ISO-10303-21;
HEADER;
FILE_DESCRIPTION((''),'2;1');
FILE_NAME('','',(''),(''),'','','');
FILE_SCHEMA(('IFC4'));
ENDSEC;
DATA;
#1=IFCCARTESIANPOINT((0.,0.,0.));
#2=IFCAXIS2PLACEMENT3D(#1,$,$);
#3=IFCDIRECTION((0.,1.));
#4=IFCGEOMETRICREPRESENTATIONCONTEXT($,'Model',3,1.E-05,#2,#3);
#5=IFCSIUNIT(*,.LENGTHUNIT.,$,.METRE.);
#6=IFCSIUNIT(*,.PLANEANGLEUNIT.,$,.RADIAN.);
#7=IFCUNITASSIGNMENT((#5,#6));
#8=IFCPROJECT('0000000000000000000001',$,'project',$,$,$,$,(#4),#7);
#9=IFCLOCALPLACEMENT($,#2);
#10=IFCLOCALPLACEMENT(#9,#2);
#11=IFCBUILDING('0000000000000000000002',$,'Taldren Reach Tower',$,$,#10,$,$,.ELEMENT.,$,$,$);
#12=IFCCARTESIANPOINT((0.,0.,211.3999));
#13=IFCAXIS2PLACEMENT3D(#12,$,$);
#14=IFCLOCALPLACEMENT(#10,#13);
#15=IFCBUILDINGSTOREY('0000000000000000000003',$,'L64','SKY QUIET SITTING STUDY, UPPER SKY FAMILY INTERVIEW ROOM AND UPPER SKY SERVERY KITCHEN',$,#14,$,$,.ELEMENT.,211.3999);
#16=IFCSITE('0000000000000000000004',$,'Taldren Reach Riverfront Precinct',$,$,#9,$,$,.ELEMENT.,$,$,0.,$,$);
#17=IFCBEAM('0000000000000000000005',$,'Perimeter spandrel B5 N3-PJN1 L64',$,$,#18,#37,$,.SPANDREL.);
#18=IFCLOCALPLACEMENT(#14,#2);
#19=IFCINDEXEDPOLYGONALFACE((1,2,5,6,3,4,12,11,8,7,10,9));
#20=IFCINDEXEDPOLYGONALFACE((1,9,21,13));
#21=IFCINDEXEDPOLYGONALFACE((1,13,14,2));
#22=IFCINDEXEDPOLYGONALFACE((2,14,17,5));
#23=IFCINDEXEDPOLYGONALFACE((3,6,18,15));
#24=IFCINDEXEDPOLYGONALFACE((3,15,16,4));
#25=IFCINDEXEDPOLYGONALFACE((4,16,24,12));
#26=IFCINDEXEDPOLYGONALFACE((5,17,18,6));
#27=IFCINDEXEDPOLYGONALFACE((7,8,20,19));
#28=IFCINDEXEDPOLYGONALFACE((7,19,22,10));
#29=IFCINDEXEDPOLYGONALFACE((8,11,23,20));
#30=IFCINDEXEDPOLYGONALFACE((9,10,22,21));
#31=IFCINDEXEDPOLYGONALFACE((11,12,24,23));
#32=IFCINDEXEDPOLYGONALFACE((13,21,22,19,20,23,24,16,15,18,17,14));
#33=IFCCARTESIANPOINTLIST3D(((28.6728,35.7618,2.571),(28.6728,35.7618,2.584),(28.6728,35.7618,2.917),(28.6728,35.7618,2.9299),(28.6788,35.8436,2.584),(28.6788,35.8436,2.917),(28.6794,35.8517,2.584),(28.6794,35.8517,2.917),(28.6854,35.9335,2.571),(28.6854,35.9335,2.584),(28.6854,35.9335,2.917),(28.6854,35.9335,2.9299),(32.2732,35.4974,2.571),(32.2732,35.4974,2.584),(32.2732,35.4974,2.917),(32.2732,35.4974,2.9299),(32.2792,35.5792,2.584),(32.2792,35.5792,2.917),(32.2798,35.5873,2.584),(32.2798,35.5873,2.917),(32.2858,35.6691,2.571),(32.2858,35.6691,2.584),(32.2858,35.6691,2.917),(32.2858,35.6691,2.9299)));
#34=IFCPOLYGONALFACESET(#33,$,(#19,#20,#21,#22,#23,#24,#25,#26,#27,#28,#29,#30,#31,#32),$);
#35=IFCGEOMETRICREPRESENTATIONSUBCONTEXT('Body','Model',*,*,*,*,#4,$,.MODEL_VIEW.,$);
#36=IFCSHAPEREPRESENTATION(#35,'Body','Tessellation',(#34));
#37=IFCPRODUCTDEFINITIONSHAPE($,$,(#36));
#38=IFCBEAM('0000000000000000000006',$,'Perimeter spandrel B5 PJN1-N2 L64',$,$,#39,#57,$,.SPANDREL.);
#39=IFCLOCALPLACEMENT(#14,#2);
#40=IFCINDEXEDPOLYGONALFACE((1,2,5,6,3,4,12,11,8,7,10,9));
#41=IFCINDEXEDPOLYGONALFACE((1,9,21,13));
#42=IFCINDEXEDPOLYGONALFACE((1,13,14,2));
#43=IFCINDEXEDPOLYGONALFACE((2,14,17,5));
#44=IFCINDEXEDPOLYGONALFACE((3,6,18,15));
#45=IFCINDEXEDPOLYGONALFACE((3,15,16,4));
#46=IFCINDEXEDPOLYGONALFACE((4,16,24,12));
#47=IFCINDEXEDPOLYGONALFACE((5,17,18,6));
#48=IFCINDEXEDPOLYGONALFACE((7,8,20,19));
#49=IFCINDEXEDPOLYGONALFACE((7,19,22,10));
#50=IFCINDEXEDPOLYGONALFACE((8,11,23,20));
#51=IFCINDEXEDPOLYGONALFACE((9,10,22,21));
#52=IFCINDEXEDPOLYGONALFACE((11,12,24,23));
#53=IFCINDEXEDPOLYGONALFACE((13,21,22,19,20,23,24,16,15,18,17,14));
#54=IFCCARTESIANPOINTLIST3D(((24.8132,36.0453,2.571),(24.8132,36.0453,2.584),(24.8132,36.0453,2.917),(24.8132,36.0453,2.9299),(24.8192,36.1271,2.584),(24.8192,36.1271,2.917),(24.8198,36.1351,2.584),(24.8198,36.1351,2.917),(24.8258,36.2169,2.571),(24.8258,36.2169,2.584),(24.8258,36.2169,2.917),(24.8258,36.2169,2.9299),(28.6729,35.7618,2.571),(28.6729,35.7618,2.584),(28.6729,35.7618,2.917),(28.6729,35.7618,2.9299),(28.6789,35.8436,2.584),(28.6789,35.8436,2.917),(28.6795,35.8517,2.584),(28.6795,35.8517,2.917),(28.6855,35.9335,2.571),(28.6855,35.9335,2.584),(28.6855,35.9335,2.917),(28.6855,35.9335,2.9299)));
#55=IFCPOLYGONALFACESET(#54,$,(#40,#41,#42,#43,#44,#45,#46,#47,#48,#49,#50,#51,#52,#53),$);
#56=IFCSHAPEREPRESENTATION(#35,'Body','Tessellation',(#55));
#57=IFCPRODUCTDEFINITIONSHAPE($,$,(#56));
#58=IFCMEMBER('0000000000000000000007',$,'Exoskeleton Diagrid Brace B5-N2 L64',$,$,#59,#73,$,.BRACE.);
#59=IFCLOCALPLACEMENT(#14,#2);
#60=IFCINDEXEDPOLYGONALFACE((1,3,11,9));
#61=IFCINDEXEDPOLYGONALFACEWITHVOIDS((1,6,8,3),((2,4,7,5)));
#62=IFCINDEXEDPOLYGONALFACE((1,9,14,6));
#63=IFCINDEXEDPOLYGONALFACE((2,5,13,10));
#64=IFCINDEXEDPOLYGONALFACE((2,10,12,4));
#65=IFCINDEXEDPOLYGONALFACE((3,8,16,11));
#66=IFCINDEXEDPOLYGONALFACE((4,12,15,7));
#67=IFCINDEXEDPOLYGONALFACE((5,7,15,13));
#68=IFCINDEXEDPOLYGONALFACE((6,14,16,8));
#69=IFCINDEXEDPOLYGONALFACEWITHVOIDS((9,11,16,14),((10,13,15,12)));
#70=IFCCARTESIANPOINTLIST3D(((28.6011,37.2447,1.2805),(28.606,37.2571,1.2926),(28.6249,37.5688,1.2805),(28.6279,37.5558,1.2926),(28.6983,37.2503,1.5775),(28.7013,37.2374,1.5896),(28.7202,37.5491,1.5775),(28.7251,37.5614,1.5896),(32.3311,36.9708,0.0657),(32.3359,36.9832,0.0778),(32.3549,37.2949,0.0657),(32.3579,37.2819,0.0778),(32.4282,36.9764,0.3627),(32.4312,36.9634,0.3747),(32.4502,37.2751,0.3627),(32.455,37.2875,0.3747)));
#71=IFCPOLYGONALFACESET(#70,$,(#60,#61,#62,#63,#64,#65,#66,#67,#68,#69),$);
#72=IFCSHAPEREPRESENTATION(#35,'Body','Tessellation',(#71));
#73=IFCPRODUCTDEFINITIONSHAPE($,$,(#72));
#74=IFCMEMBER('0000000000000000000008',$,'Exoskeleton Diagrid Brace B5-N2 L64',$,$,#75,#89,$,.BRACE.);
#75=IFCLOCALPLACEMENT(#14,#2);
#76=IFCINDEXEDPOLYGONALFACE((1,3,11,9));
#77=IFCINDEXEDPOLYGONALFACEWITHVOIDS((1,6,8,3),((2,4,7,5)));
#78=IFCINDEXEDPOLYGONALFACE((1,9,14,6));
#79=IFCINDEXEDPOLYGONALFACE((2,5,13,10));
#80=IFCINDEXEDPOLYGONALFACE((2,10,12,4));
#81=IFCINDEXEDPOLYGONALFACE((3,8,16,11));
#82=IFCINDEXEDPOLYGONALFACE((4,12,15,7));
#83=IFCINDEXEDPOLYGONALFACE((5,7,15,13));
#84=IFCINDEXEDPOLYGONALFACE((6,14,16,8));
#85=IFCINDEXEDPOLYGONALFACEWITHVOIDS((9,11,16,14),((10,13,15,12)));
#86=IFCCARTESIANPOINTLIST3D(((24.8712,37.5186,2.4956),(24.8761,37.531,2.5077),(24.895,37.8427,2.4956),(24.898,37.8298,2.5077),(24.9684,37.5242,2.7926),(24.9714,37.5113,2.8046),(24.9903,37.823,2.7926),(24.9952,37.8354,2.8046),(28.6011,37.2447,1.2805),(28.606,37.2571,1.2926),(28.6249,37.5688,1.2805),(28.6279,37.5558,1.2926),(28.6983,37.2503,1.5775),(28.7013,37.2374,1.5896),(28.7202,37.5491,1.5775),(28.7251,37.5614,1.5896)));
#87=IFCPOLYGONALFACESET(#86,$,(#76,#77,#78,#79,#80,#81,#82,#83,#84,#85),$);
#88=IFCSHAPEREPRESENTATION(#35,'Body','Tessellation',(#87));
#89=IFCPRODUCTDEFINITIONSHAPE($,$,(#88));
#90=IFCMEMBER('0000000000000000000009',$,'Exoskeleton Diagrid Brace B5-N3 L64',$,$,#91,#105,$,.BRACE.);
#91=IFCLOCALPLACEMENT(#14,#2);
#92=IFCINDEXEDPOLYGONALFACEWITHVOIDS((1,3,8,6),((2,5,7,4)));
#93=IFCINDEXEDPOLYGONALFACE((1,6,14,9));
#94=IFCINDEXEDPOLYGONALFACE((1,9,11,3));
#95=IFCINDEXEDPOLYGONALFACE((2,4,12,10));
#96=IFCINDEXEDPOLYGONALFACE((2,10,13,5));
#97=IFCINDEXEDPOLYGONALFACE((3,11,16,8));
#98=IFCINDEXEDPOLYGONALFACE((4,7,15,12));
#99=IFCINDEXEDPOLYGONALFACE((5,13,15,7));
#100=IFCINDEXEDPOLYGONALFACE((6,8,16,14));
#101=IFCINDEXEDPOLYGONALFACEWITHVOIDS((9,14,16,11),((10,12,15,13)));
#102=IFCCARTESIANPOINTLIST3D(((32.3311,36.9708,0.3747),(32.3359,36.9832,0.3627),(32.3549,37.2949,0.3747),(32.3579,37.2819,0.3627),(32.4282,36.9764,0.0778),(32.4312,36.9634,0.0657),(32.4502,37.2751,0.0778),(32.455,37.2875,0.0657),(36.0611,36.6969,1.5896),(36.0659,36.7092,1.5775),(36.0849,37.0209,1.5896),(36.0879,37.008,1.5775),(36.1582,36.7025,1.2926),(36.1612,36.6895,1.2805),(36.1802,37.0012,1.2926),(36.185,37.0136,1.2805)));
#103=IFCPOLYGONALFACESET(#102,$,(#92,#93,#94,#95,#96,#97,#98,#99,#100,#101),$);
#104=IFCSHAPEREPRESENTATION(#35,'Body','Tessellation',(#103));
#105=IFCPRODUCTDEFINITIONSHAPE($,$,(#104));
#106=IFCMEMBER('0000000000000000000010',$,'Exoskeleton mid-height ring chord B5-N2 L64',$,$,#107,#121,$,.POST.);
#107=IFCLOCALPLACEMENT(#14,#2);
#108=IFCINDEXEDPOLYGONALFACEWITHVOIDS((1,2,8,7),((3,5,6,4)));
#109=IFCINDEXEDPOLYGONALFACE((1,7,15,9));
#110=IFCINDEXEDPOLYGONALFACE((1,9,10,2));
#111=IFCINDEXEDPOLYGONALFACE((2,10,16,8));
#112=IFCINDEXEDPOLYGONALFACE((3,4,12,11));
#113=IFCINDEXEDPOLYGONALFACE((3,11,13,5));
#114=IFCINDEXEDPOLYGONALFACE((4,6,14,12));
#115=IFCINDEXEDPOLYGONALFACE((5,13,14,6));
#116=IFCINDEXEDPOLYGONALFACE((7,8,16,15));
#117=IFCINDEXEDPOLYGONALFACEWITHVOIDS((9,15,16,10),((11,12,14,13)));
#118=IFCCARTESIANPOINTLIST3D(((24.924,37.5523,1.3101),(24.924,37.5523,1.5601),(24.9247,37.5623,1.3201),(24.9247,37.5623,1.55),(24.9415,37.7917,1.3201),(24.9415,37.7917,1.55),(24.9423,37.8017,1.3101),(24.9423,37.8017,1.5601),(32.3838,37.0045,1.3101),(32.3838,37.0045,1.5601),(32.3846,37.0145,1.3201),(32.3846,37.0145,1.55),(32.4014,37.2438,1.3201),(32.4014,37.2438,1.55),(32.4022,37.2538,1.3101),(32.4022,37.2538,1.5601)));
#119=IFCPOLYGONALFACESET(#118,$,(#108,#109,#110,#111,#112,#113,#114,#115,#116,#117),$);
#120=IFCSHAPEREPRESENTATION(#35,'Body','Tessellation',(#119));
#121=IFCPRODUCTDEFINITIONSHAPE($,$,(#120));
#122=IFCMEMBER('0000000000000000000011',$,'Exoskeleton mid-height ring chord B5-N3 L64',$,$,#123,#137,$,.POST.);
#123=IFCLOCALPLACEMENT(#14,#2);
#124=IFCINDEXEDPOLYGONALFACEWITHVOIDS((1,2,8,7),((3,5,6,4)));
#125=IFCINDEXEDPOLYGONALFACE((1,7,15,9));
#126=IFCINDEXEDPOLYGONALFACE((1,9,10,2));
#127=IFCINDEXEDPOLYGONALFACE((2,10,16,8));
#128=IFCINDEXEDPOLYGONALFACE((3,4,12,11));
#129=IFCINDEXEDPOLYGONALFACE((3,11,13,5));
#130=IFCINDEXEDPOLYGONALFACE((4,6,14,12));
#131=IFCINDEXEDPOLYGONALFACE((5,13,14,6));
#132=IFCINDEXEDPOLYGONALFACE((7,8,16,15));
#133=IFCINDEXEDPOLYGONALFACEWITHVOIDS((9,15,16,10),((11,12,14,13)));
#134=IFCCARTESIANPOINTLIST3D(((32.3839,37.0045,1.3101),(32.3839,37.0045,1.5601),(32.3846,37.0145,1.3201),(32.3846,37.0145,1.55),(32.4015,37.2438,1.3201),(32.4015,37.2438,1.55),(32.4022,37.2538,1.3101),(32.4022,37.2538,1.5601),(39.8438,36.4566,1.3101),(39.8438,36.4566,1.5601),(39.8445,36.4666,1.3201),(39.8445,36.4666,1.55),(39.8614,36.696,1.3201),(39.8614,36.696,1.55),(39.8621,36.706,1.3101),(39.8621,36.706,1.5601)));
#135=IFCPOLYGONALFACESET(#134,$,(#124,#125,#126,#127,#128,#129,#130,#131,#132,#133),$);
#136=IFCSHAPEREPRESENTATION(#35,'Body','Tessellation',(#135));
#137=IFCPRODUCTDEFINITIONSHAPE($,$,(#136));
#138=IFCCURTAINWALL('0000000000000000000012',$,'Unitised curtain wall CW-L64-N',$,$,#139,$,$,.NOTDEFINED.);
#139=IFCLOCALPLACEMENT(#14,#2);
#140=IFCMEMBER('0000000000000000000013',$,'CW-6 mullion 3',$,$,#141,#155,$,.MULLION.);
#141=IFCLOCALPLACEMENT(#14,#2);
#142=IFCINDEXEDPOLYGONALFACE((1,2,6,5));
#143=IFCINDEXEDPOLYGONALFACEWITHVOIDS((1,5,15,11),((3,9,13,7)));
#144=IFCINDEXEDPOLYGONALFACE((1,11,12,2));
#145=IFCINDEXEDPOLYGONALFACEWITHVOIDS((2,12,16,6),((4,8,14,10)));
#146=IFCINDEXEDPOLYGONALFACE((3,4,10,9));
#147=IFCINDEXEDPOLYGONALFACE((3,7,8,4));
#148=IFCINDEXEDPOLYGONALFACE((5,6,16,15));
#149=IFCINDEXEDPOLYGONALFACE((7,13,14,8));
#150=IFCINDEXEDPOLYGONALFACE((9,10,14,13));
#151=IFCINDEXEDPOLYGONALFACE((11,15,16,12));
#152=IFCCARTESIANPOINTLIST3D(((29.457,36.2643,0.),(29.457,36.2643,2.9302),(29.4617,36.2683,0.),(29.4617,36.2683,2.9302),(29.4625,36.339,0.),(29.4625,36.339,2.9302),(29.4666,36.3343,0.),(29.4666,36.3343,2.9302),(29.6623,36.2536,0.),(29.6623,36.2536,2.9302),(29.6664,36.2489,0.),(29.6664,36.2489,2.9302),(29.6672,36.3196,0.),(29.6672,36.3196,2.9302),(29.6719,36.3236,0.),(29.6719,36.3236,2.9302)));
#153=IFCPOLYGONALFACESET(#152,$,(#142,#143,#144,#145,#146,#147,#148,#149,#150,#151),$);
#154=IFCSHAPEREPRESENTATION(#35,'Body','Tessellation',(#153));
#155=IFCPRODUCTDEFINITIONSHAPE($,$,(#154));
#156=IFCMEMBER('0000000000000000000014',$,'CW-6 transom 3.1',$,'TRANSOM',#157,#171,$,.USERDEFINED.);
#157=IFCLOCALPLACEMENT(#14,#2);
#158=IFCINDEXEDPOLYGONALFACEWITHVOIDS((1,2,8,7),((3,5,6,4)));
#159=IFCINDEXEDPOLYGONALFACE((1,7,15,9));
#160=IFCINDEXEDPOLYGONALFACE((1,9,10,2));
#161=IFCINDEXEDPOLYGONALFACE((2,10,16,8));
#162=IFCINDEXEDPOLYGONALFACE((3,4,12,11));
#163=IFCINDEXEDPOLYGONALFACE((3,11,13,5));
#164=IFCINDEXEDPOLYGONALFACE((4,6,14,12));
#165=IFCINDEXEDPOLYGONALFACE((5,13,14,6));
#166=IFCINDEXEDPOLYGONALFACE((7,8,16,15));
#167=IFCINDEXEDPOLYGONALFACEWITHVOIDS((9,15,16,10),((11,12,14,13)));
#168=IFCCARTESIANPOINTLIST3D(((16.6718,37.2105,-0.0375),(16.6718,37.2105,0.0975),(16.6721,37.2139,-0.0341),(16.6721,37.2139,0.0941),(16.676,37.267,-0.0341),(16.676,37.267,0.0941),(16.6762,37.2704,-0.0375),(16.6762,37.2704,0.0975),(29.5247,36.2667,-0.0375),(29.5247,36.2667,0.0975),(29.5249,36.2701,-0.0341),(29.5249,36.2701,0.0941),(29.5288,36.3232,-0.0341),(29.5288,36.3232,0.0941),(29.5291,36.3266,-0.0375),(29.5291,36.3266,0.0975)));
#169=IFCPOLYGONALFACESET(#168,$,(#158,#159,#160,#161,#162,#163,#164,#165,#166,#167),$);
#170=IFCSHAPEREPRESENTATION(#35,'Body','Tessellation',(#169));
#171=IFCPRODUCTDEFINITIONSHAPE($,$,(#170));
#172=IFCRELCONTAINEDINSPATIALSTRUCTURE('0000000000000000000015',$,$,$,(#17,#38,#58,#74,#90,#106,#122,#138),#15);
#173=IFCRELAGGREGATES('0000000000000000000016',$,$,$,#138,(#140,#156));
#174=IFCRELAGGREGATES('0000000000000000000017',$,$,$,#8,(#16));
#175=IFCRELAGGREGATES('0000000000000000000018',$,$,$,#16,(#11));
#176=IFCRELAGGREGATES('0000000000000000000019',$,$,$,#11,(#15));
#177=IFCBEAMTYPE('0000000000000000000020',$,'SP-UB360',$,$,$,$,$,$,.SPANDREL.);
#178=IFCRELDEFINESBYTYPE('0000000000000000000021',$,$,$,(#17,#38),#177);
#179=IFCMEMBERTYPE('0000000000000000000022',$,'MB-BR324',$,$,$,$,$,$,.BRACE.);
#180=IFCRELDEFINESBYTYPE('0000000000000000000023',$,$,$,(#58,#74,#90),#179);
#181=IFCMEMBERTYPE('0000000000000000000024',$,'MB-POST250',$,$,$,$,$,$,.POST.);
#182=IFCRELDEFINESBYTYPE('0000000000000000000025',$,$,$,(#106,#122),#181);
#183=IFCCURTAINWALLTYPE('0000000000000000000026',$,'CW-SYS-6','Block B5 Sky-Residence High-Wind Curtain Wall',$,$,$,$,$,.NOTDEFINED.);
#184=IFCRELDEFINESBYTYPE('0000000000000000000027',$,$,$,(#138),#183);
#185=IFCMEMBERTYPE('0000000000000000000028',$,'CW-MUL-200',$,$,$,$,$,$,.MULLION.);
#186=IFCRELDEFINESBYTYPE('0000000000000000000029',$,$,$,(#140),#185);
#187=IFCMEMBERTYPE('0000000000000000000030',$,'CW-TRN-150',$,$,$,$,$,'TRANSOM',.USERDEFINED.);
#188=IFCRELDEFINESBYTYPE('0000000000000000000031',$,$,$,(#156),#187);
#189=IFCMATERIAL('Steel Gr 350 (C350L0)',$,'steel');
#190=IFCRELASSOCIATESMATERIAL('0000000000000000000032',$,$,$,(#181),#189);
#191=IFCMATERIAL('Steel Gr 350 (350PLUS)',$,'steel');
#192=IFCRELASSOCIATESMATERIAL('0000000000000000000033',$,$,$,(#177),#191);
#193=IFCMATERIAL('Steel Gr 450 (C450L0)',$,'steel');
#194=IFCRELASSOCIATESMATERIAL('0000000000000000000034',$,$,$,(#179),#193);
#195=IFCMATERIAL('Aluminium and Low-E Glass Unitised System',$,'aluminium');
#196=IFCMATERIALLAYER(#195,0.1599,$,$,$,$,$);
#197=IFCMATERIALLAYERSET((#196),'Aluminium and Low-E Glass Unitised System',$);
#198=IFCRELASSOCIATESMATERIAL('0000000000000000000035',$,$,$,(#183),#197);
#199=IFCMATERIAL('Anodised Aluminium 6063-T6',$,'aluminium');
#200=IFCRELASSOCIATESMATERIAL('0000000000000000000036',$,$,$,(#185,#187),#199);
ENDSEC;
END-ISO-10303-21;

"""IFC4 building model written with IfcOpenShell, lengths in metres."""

from ifc_helpers import new_model, si_unit, direction, frame, origin, origin_2d, place, context, subcontext, project, spatial, hollow_rectangle, i_section, extrude, source, transform, mapped, material, layer, layer_set, material_profile, profile_set, type_object, element, aggregate, save


model = new_model("IFC4")

# Units and contexts
model_context = context("Model", 3, precision=1e-05, world=origin(), true_north=direction((0.0, 1.0)))
body_context = subcontext(model_context, "Body", "Model", "MODEL_VIEW")
ifc_project = project(units=[si_unit("LENGTHUNIT", "METRE"), si_unit("PLANEANGLEUNIT", "RADIAN")], contexts=[model_context])

# Site, building, storey
site_placement = place(None, origin())
site = spatial("IfcSite", under=ifc_project, at=site_placement, Name="Taldren Reach Riverfront Precinct", CompositionType="ELEMENT", RefElevation=0.0)
building_placement = place(site_placement, origin())
building = spatial("IfcBuilding", under=site, at=building_placement, Name="Taldren Reach Tower", CompositionType="ELEMENT")
storey_placement = place(building_placement, frame((0.0, 0.0, 211.3999)))
storey = spatial("IfcBuildingStorey", under=building, at=storey_placement, Name="L64", Description="SKY QUIET SITTING STUDY, UPPER SKY FAMILY INTERVIEW ROOM AND UPPER SKY SERVERY KITCHEN", CompositionType="ELEMENT", Elevation=211.3999)

# Shared definitions
ifc_material_1 = material(Name="Steel Gr 350 (C350L0)", Category="steel")
ifc_material_2 = material(Name="Steel Gr 350 (350PLUS)", Category="steel")

# Shared definitions
ifc_material_profile_1 = material_profile(ifc_material_1, hollow_rectangle(XDim=0.25, YDim=0.25, WallThickness=0.01, at=origin_2d()), Name="250x250x10.0SHS")
ifc_profile_set_1 = profile_set([ifc_material_profile_1], Name="Steel Gr 350 (C350L0)")
member_type_1 = type_object("IfcMemberType", Name="MB-POST250", PredefinedType="POST", material=ifc_profile_set_1)
ifc_material_3 = material(Name="Steel Gr 450 (C450L0)", Category="steel")

# Beams
ifc_material_profile_2 = material_profile(ifc_material_2, i_section(OverallWidth=0.1721, OverallDepth=0.3589, WebThickness=0.0081, FlangeThickness=0.0129, at=origin_2d()), Name="360UB56.7")
ifc_profile_set_2 = profile_set([ifc_material_profile_2], Name="Steel Gr 350 (350PLUS)")
beam_type = type_object("IfcBeamType", Name="SP-UB360", PredefinedType="SPANDREL", material=ifc_profile_set_2)
shared_shape_1 = source(origin(), body_context, "Body", "SweptSolid", [
    extrude(i_section(OverallWidth=0.1721, OverallDepth=0.3589, WebThickness=0.0081, FlangeThickness=0.0129, at=origin_2d()), origin(), (0.0, 0.0, 1.0), 3.6101),
])
beam_1_placement = place(storey_placement, frame((32.2795, 35.5833, 2.7505), z_axis=(-0.997314, 0.073241, 0.0), x_axis=(-0.073241, -0.997314, 0.0)))
element("IfcBeam", 1, at=beam_1_placement, inside=storey, type_object=beam_type, Name="Perimeter spandrel B5 N3-PJN1 L64", PredefinedType="SPANDREL", context=body_context, shape_type="MappedRepresentation", body=[
    mapped(shared_shape_1, transform((0.0, 0.0, 0.0), scale=1.0)),
])
shared_shape_2 = source(origin(), body_context, "Body", "SweptSolid", [
    extrude(i_section(OverallWidth=0.1721, OverallDepth=0.3589, WebThickness=0.0081, FlangeThickness=0.0129, at=origin_2d()), origin(), (0.0, 0.0, 1.0), 3.8701),
])
beam_2_placement = place(storey_placement, frame((28.6792, 35.8477, 2.7505), z_axis=(-0.997314, 0.073242, 0.0), x_axis=(-0.073242, -0.997314, 0.0)))
element("IfcBeam", 2, at=beam_2_placement, inside=storey, type_object=beam_type, Name="Perimeter spandrel B5 PJN1-N2 L64", PredefinedType="SPANDREL", context=body_context, shape_type="MappedRepresentation", body=[
    mapped(shared_shape_2, transform((0.0, 0.0, 0.0), scale=1.0)),
])

# Members
ifc_material_profile_3 = material_profile(ifc_material_3, hollow_rectangle(XDim=0.325, YDim=0.325, WallThickness=0.0127, at=origin_2d()), Name="325x325x12.7SHS")
ifc_profile_set_3 = profile_set([ifc_material_profile_3], Name="Steel Gr 450 (C450L0)")
member_type_2 = type_object("IfcMemberType", Name="MB-BR324", PredefinedType="BRACE", material=ifc_profile_set_3)
shared_shape_3 = source(origin(), body_context, "Body", "SweptSolid", [
    extrude(hollow_rectangle(XDim=0.325, YDim=0.325, WallThickness=0.0127, at=origin_2d()), origin(), (0.0, 0.0, 1.0), 3.9324),
])
for number, where, z_axis, x_axis, name in (
    (3, (32.3931, 37.1292, 0.2202), (-0.948529, 0.069659, 0.308933), (-0.073242, -0.997314, 0.0), "Exoskeleton Diagrid Brace B5-N2 L64"),
    (4, (28.6631, 37.4031, 1.4351), (-0.948511, 0.069658, 0.308989), (-0.073242, -0.997314, 0.0), "Exoskeleton Diagrid Brace B5-N2 L64"),
    (5, (32.3931, 37.1292, 0.2202), (0.948529, -0.069659, 0.308933), (0.073242, 0.997314, 0.0), "Exoskeleton Diagrid Brace B5-N3 L64"),
):
    element("IfcMember", number, at=place(storey_placement, frame(where, z_axis=z_axis, x_axis=x_axis)), inside=storey, type_object=member_type_2, Name=name, PredefinedType="BRACE", context=body_context, shape_type="MappedRepresentation", body=[
        mapped(shared_shape_3, transform((0.0, 0.0, 0.0), scale=1.0)),
    ])
shared_shape_4 = source(origin(), body_context, "Body", "SweptSolid", [
    extrude(hollow_rectangle(XDim=0.25, YDim=0.25, WallThickness=0.01, at=origin_2d()), origin(), (0.0, 0.0, 1.0), 7.48),
])
for number, where, z_axis, x_axis, name in (
    (6, (24.9331, 37.677, 1.4351), (0.997314, -0.073242, 0.0), (0.073242, 0.997314, 0.0), "Exoskeleton mid-height ring chord B5-N2 L64"),
    (7, (32.3931, 37.1292, 1.4351), (0.997314, -0.073242, 0.0), (0.073242, 0.997314, 0.0), "Exoskeleton mid-height ring chord B5-N3 L64"),
):
    element("IfcMember", number, at=place(storey_placement, frame(where, z_axis=z_axis, x_axis=x_axis)), inside=storey, type_object=member_type_1, Name=name, PredefinedType="POST", context=body_context, shape_type="MappedRepresentation", body=[
        mapped(shared_shape_4, transform((0.0, 0.0, 0.0), scale=1.0)),
    ])

# Curtain wall, members
ifc_material_4 = material(Name="Aluminium and Low-E Glass Unitised System", Category="aluminium")
ifc_layer_1 = layer(ifc_material_4, 0.1599)
ifc_layer_set_1 = layer_set([ifc_layer_1], Name="Aluminium and Low-E Glass Unitised System")
curtain_wall_type = type_object("IfcCurtainWallType", Name="CW-SYS-6", Description="Block B5 Sky-Residence High-Wind Curtain Wall", PredefinedType="NOTDEFINED", material=ifc_layer_set_1)
curtain_wall_placement = place(storey_placement, origin())
curtain_wall = element("IfcCurtainWall", 8, at=curtain_wall_placement, inside=storey, type_object=curtain_wall_type, Name="Unitised curtain wall CW-L64-N", PredefinedType="NOTDEFINED")
ifc_material_5 = material(Name="Anodised Aluminium 6063-T6", Category="aluminium")
ifc_material_profile_4 = material_profile(ifc_material_5, hollow_rectangle(XDim=0.075, YDim=0.21, WallThickness=0.0044, at=origin_2d()), Name="ALU-210x75x4.5RHS")
ifc_profile_set_4 = profile_set([ifc_material_profile_4], Name="Anodised Aluminium 6063-T6")
member_type_3 = type_object("IfcMemberType", Name="CW-MUL-200", PredefinedType="MULLION", material=ifc_profile_set_4)
shared_shape_5 = source(origin(), body_context, "Body", "SweptSolid", [
    extrude(hollow_rectangle(XDim=0.075, YDim=0.21, WallThickness=0.0044, at=origin_2d()), origin(), (0.0, 0.0, 1.0), 2.9302),
])
member_1_placement = place(storey_placement, frame((29.5645, 36.2939, 0.0), z_axis=(0.0, 0.0, 1.0), x_axis=(-0.073238, -0.997314, 0.0)))
member_1 = element("IfcMember", 9, at=member_1_placement, type_object=member_type_3, Name="CW-6 mullion 3", PredefinedType="MULLION", context=body_context, shape_type="MappedRepresentation", body=[
    mapped(shared_shape_5, transform((0.0, 0.0, 0.0), scale=1.0)),
])
ifc_material_profile_5 = material_profile(ifc_material_5, hollow_rectangle(XDim=0.0601, YDim=0.135, WallThickness=0.0034, at=origin_2d()), Name="ALU-135x60x3.5RHS")
ifc_profile_set_5 = profile_set([ifc_material_profile_5], Name="Anodised Aluminium 6063-T6")
member_type_4 = type_object("IfcMemberType", Name="CW-TRN-150", ElementType="TRANSOM", PredefinedType="USERDEFINED", material=ifc_profile_set_5)
shared_shape_6 = source(origin(), body_context, "Body", "SweptSolid", [
    extrude(hollow_rectangle(XDim=0.0601, YDim=0.135, WallThickness=0.0034, at=origin_2d()), origin(), (0.0, 0.0, 1.0), 12.8875),
])
member_2_placement = place(storey_placement, frame((29.5269, 36.2966, 0.03), z_axis=(-0.997314, 0.073238, 0.0), x_axis=(-0.073238, -0.997314, 0.0)))
member_2 = element("IfcMember", 10, at=member_2_placement, type_object=member_type_4, Name="CW-6 transom 3.1", ObjectType="TRANSOM", PredefinedType="USERDEFINED", context=body_context, shape_type="MappedRepresentation", body=[
    mapped(shared_shape_6, transform((0.0, 0.0, 0.0), scale=1.0)),
])

aggregate(curtain_wall, [member_1, member_2])

save(model, "model.ifc")
